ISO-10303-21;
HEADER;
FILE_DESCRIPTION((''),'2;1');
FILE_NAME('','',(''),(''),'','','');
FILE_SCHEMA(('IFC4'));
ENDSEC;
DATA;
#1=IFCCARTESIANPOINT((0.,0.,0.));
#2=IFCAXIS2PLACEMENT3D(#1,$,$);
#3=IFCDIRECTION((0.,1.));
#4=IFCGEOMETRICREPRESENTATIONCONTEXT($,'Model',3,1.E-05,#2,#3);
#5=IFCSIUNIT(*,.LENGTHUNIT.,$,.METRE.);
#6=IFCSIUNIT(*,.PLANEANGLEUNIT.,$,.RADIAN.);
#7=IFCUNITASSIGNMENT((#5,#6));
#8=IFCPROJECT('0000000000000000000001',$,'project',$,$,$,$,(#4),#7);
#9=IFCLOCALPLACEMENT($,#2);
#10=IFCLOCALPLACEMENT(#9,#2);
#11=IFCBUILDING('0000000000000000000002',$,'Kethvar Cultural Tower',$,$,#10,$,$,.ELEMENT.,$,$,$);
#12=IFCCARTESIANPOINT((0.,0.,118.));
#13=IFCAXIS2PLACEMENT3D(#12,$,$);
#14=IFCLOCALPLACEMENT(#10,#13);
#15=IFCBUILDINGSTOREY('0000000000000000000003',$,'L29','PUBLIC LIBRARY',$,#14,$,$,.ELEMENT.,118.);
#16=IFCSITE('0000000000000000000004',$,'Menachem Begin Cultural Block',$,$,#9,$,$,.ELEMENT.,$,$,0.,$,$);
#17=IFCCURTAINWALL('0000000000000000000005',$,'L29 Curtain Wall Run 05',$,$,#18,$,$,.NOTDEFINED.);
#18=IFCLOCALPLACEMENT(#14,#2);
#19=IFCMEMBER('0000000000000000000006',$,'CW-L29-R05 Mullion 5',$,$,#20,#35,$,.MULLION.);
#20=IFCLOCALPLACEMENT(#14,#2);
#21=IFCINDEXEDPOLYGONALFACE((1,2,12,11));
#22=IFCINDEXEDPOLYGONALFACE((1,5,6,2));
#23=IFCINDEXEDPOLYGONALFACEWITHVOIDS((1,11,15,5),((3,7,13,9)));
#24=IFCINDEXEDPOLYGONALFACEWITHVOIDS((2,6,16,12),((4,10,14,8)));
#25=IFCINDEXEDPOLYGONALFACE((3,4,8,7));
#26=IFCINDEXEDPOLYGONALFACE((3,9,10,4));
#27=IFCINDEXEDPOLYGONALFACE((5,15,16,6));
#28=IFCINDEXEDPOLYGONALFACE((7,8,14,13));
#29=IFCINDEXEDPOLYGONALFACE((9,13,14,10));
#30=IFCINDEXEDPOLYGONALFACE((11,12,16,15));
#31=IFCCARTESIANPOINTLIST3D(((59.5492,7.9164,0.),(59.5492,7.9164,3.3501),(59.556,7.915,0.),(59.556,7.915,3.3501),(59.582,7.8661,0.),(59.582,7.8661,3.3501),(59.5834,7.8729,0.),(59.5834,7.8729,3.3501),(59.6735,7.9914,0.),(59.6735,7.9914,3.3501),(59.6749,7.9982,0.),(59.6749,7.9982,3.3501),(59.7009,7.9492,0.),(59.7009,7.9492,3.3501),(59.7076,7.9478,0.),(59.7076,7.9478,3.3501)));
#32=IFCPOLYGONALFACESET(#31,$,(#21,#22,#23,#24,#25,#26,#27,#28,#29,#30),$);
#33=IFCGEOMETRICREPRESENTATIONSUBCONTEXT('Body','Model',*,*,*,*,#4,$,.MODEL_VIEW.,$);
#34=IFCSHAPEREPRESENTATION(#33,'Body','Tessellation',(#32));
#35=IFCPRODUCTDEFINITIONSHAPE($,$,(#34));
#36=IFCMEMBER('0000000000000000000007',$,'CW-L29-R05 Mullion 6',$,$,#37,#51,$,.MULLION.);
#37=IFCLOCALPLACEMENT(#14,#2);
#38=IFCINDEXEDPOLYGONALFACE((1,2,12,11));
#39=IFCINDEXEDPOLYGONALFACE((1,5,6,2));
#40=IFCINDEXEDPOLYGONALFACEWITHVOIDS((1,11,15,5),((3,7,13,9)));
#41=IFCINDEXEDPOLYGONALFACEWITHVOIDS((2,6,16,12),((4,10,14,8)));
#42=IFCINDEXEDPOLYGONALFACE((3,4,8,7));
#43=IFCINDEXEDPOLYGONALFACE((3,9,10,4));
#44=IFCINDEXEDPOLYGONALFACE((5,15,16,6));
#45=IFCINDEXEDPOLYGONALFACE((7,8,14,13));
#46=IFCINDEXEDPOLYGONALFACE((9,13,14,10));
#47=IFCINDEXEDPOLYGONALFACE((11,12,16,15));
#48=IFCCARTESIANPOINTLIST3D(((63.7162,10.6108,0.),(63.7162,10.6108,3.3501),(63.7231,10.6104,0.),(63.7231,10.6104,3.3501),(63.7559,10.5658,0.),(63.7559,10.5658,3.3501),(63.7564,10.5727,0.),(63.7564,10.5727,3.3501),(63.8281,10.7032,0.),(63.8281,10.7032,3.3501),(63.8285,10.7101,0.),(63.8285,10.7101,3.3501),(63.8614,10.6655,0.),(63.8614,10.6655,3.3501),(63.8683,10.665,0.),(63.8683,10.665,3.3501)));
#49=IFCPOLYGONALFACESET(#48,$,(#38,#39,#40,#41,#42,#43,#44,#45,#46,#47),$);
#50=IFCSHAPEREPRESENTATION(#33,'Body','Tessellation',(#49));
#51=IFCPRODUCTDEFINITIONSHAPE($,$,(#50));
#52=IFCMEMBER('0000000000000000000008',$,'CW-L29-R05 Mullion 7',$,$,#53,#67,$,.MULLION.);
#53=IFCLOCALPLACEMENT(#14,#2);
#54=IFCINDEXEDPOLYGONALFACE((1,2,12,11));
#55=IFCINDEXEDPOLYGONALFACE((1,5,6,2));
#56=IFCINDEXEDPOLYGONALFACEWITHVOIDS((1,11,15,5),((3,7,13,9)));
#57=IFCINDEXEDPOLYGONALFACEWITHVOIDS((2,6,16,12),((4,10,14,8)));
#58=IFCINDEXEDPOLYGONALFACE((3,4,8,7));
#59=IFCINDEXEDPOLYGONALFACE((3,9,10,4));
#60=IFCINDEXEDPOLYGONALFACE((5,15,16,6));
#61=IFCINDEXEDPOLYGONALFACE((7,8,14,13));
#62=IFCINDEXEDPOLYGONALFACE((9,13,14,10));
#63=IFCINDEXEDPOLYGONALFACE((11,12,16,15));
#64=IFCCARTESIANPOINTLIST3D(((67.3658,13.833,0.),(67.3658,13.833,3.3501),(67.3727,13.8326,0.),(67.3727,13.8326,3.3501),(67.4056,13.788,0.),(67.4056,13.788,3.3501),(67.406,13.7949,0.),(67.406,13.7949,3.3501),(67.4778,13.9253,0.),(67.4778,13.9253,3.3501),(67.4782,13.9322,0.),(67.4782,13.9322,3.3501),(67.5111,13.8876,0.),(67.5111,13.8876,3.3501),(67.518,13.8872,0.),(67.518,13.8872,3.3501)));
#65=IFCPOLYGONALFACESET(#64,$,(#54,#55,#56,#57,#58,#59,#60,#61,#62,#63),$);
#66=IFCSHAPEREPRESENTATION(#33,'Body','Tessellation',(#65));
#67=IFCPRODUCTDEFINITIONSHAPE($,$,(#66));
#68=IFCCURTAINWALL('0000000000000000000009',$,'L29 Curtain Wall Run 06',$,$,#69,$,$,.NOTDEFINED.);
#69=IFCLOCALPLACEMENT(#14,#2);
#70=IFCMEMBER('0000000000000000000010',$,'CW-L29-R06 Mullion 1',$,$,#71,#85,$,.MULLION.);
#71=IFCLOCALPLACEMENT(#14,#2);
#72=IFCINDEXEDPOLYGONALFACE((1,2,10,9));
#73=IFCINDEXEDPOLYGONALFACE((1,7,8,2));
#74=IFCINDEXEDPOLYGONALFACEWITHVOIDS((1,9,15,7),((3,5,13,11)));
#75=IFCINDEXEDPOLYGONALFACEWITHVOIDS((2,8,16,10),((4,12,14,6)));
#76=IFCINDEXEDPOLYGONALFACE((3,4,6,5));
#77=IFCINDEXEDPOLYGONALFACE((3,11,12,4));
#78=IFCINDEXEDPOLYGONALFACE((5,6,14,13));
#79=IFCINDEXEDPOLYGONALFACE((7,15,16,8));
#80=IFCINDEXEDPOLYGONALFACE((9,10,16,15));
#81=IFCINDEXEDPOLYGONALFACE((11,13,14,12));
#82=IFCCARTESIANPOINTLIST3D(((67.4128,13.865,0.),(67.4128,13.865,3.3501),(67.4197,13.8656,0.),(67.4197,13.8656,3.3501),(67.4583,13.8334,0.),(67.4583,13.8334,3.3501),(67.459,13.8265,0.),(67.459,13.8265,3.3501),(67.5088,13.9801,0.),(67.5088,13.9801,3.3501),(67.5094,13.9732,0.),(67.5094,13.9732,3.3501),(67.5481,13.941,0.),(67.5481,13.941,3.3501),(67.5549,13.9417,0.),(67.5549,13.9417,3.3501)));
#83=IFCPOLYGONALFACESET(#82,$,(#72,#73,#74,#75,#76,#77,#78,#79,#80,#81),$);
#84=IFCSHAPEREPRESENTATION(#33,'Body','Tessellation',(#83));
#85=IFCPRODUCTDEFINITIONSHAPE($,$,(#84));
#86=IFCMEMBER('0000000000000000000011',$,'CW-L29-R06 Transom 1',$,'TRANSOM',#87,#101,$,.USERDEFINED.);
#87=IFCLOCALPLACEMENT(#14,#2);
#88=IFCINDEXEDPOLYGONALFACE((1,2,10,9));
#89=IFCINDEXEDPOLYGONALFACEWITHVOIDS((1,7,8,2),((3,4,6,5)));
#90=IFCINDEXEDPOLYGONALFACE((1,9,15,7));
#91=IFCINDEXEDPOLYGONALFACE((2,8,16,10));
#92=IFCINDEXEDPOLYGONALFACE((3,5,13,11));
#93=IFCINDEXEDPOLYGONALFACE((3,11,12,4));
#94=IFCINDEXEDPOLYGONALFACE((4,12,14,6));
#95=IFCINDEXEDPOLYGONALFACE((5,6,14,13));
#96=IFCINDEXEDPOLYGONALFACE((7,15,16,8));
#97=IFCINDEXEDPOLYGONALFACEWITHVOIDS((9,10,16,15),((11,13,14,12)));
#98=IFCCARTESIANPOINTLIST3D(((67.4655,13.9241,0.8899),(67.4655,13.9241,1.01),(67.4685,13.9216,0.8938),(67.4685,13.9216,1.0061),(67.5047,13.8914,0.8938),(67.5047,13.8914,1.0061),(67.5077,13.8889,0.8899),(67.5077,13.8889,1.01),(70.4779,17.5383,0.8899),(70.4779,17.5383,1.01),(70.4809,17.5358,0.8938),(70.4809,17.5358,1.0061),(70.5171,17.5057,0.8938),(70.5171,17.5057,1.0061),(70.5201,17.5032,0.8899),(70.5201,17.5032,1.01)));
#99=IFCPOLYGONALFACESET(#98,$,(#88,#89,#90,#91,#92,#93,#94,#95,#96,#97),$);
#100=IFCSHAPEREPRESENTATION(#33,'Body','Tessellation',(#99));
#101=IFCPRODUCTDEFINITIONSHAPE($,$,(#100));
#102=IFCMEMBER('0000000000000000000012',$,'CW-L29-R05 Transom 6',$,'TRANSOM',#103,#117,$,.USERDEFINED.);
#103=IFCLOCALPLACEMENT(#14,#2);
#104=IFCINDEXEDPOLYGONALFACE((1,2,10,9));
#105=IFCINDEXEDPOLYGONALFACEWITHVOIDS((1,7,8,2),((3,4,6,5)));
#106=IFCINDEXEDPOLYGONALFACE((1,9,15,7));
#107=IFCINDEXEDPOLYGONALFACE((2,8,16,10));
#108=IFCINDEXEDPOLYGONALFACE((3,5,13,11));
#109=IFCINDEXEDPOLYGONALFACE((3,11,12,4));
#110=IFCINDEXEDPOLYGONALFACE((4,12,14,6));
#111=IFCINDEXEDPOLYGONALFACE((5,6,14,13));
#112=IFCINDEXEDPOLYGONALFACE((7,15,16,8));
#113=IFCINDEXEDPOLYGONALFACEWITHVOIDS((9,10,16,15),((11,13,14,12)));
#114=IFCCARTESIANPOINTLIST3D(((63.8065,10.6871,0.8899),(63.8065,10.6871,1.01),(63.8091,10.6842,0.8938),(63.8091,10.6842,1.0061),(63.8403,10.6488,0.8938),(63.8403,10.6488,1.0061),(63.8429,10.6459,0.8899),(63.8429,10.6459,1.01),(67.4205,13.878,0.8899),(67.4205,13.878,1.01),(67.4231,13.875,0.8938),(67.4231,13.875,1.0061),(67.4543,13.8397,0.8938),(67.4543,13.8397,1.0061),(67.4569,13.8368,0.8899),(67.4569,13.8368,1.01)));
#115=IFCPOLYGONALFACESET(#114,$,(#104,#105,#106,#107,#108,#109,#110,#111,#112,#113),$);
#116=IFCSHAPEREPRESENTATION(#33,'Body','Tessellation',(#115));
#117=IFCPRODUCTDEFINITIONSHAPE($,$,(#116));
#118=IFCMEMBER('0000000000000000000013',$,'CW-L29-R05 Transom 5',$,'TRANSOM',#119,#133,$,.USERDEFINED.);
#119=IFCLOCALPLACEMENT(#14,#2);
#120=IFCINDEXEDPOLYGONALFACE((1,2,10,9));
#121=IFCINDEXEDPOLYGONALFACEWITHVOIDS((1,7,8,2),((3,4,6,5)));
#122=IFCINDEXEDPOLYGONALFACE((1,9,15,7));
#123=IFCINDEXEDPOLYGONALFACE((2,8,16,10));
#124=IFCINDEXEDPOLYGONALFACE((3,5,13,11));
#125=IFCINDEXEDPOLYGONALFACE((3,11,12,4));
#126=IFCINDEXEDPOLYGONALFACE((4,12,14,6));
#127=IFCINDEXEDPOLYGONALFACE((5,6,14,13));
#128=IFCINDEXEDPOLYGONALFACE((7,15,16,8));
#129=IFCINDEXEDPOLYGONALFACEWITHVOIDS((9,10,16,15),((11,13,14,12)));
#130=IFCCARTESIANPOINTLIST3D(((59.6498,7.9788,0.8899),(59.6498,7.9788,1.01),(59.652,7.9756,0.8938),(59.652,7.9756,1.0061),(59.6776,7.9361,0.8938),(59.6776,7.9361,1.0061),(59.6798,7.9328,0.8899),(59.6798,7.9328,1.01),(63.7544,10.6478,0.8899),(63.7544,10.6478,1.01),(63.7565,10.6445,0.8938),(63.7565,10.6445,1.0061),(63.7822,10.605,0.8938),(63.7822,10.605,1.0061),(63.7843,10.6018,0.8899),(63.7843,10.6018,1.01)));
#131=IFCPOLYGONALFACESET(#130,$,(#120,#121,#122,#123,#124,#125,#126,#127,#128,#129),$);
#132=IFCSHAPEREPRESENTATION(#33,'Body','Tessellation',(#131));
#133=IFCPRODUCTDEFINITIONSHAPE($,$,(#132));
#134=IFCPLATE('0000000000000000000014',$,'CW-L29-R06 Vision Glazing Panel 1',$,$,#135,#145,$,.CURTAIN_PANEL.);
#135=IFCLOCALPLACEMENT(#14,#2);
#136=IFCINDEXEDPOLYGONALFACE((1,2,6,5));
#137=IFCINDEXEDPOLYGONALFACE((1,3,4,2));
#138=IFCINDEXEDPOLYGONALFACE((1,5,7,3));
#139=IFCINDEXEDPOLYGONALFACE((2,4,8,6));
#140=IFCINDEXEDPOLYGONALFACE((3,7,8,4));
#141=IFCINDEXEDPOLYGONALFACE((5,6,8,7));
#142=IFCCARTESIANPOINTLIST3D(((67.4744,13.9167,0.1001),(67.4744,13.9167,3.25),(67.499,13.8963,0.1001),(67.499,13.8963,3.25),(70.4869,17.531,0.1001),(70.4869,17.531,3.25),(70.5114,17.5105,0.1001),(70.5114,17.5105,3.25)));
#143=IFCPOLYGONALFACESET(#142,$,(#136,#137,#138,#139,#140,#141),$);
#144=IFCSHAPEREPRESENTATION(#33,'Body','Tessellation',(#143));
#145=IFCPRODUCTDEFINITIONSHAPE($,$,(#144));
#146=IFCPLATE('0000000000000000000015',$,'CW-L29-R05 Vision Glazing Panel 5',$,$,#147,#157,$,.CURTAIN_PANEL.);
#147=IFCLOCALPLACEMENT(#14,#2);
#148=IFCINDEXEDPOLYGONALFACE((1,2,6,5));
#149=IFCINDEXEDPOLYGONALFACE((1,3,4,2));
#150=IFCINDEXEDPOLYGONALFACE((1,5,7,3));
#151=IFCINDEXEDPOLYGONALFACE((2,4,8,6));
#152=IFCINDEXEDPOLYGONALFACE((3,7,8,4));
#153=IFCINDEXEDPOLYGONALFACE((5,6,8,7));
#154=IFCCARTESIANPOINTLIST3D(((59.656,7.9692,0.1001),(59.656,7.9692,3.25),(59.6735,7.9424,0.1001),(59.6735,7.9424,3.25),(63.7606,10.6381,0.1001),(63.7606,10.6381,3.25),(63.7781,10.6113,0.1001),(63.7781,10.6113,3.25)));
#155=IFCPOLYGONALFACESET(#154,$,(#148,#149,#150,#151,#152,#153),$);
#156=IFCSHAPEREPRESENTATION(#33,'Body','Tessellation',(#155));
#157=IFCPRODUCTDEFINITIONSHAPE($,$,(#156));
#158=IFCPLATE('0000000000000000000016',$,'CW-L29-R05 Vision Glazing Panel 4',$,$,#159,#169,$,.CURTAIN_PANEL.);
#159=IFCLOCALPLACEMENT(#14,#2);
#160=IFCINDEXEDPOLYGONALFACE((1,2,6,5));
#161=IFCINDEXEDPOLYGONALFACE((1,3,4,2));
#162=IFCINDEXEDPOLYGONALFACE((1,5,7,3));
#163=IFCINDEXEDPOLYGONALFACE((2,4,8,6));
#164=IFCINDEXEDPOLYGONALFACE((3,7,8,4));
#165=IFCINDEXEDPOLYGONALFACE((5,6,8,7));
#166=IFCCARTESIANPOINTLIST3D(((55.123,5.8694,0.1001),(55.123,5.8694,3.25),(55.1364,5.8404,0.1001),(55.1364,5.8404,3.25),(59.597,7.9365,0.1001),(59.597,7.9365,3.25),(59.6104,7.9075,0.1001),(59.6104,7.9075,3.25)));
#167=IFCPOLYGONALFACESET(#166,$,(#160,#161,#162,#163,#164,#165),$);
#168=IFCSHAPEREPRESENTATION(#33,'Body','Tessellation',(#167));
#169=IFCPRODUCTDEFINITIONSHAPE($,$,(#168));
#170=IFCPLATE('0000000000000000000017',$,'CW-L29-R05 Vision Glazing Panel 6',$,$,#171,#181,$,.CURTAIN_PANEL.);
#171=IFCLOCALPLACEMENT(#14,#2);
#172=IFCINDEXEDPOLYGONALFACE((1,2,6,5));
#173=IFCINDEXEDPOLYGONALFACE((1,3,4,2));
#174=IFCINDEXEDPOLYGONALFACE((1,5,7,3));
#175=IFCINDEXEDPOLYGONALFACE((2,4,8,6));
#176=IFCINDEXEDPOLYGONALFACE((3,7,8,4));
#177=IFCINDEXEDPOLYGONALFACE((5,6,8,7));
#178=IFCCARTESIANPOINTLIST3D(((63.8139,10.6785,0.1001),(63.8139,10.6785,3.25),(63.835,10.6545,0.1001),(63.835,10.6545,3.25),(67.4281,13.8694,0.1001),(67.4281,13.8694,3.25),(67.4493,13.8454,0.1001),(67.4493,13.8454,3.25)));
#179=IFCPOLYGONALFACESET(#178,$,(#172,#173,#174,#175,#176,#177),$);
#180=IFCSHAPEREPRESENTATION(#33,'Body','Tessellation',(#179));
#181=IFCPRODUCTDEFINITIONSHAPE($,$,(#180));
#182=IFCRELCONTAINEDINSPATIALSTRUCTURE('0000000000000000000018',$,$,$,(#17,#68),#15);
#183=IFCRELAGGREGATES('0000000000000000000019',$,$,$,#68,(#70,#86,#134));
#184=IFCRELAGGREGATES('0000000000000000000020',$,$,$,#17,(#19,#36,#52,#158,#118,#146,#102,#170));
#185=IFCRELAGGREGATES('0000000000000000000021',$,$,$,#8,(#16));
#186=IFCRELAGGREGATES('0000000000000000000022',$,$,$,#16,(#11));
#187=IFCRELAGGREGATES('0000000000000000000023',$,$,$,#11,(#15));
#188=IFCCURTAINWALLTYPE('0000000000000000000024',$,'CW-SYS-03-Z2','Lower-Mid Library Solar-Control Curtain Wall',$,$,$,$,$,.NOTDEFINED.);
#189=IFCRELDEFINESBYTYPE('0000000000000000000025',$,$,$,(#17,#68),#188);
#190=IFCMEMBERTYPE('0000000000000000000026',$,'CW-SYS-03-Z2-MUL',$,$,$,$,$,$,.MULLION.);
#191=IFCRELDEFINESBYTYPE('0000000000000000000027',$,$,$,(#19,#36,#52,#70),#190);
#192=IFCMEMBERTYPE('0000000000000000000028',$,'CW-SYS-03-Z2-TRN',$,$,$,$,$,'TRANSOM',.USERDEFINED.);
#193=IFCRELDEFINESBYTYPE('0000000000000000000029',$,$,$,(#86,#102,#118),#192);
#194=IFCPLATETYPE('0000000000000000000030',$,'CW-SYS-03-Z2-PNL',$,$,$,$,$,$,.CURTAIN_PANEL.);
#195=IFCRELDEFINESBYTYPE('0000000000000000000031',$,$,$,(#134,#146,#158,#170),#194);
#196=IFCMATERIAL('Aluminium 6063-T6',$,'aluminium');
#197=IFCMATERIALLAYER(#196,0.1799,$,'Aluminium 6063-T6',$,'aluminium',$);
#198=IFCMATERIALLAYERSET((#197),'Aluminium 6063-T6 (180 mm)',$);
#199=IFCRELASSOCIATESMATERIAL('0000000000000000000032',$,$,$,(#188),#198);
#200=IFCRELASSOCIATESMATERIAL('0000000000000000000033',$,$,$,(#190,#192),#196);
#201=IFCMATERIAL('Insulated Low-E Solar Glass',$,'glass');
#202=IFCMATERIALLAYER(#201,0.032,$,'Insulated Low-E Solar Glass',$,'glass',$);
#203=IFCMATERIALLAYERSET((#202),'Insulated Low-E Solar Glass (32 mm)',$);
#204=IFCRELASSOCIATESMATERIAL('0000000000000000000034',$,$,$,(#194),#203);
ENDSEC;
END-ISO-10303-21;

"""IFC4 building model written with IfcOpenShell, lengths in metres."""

from ifc_helpers import new_model, si_unit, direction, frame, origin, origin_2d, place, context, subcontext, project, spatial, rectangle, hollow_rectangle, extrude, source, transform, mapped, material, layer, layer_set, material_profile, profile_set, type_object, element, aggregate, save


model = new_model("IFC4")

# Units and contexts
model_context = context("Model", 3, precision=1e-05, world=origin(), true_north=direction((0.0, 1.0)))
body_context = subcontext(model_context, "Body", "Model", "MODEL_VIEW")
ifc_project = project(units=[si_unit("LENGTHUNIT", "METRE"), si_unit("PLANEANGLEUNIT", "RADIAN")], contexts=[model_context])

# Site, building, storey
site_placement = place(None, origin())
site = spatial("IfcSite", under=ifc_project, at=site_placement, Name="Menachem Begin Cultural Block", CompositionType="ELEMENT", RefElevation=0.0)
building_placement = place(site_placement, origin())
building = spatial("IfcBuilding", under=site, at=building_placement, Name="Kethvar Cultural Tower", CompositionType="ELEMENT")
storey_placement = place(building_placement, frame((0.0, 0.0, 118.0)))
storey = spatial("IfcBuildingStorey", under=building, at=storey_placement, Name="L29", Description="PUBLIC LIBRARY", CompositionType="ELEMENT", Elevation=118.0)

# Curtain walls, members
ifc_material_1 = material(Name="Aluminium 6063-T6", Category="aluminium")
ifc_layer_1 = layer(ifc_material_1, 0.1799, Name="Aluminium 6063-T6", Category="aluminium")
ifc_layer_set_1 = layer_set([ifc_layer_1], Name="Aluminium 6063-T6 (180 mm)")
curtain_wall_type = type_object("IfcCurtainWallType", Name="CW-SYS-03-Z2", Description="Lower-Mid Library Solar-Control Curtain Wall", PredefinedType="NOTDEFINED", material=ifc_layer_set_1)
curtain_wall_1_placement = place(storey_placement, origin())
curtain_wall_1 = element("IfcCurtainWall", 1, at=curtain_wall_1_placement, inside=storey, type_object=curtain_wall_type, Name="L29 Curtain Wall Run 05", PredefinedType="NOTDEFINED")
ifc_material_profile_1 = material_profile(ifc_material_1, hollow_rectangle(XDim=0.0601, YDim=0.1499, WallThickness=0.0049, at=origin_2d()), Name="Aluminium 6063-T6 — RHS150x60x5")
ifc_profile_set_1 = profile_set([ifc_material_profile_1], Name="Aluminium 6063-T6 — RHS150x60x5")
member_type_1 = type_object("IfcMemberType", Name="CW-SYS-03-Z2-MUL", PredefinedType="MULLION", material=ifc_profile_set_1)
shared_shape_1 = source(origin(), body_context, "Body", "SweptSolid", [
    extrude(hollow_rectangle(XDim=0.0601, YDim=0.1499, WallThickness=0.0049, at=origin_2d()), origin(), (0.0, 0.0, 1.0), 3.3501),
])
member_1_placement = place(storey_placement, frame((59.6284, 7.9321, 0.0), z_axis=(0.0, 0.0, 1.0), x_axis=(-0.545122, 0.838357, 0.0)))
member_1 = element("IfcMember", 2, at=member_1_placement, type_object=member_type_1, Name="CW-L29-R05 Mullion 5", PredefinedType="MULLION", context=body_context, shape_type="MappedRepresentation", body=[
    mapped(shared_shape_1, transform((0.0, 0.0, 0.0), scale=1.0)),
])
member_2_placement = place(storey_placement, frame((63.7922, 10.6379, 0.0), z_axis=(0.0, 0.0, 1.0), x_axis=(-0.661835, 0.749649, 0.0)))
member_2 = element("IfcMember", 3, at=member_2_placement, type_object=member_type_1, Name="CW-L29-R05 Mullion 6", PredefinedType="MULLION", context=body_context, shape_type="MappedRepresentation", body=[
    mapped(shared_shape_1, transform((0.0, 0.0, 0.0), scale=1.0)),
])
member_3_placement = place(storey_placement, frame((67.4419, 13.8601, 0.0), z_axis=(0.0, 0.0, 1.0), x_axis=(-0.661835, 0.749649, 0.0)))
member_3 = element("IfcMember", 4, at=member_3_placement, type_object=member_type_1, Name="CW-L29-R05 Mullion 7", PredefinedType="MULLION", context=body_context, shape_type="MappedRepresentation", body=[
    mapped(shared_shape_1, transform((0.0, 0.0, 0.0), scale=1.0)),
])
curtain_wall_2_placement = place(storey_placement, origin())
curtain_wall_2 = element("IfcCurtainWall", 5, at=curtain_wall_2_placement, inside=storey, type_object=curtain_wall_type, Name="L29 Curtain Wall Run 06", PredefinedType="NOTDEFINED")
member_4_placement = place(storey_placement, frame((67.4839, 13.9033, 0.0), z_axis=(0.0, 0.0, 1.0), x_axis=(-0.768161, 0.640257, 0.0)))
member_4 = element("IfcMember", 6, at=member_4_placement, type_object=member_type_1, Name="CW-L29-R06 Mullion 1", PredefinedType="MULLION", context=body_context, shape_type="MappedRepresentation", body=[
    mapped(shared_shape_1, transform((0.0, 0.0, 0.0), scale=1.0)),
])
ifc_material_profile_2 = material_profile(ifc_material_1, hollow_rectangle(XDim=0.0549, YDim=0.1201, WallThickness=0.0039, at=origin_2d()), Name="Aluminium 6063-T6 — RHS120x55x4")
ifc_profile_set_2 = profile_set([ifc_material_profile_2], Name="Aluminium 6063-T6 — RHS120x55x4")
member_type_2 = type_object("IfcMemberType", Name="CW-SYS-03-Z2-TRN", ElementType="TRANSOM", PredefinedType="USERDEFINED", material=ifc_profile_set_2)
shared_shape_2 = source(origin(), body_context, "Body", "SweptSolid", [
    extrude(hollow_rectangle(XDim=0.0549, YDim=0.1201, WallThickness=0.0039, at=origin_2d()), origin(), (0.0, 0.0, 1.0), 4.7051),
])
member_5_placement = place(storey_placement, frame((67.4866, 13.9065, 0.95), z_axis=(0.640256, 0.768162, 0.0), x_axis=(-0.768162, 0.640256, 0.0)))
member_5 = element("IfcMember", 7, at=member_5_placement, type_object=member_type_2, Name="CW-L29-R06 Transom 1", ObjectType="TRANSOM", PredefinedType="USERDEFINED", context=body_context, shape_type="MappedRepresentation", body=[
    mapped(shared_shape_2, transform((0.0, 0.0, 0.0), scale=1.0)),
])

# Members
shared_shape_3 = source(origin(), body_context, "Body", "SweptSolid", [
    extrude(hollow_rectangle(XDim=0.0549, YDim=0.1201, WallThickness=0.0039, at=origin_2d()), origin(), (0.0, 0.0, 1.0), 4.821),
])
member_6_placement = place(storey_placement, frame((63.8247, 10.6665, 0.95), z_axis=(0.749624, 0.661864, 0.0), x_axis=(-0.661864, 0.749624, 0.0)))
member_6 = element("IfcMember", 8, at=member_6_placement, type_object=member_type_2, Name="CW-L29-R05 Transom 6", ObjectType="TRANSOM", PredefinedType="USERDEFINED", context=body_context, shape_type="MappedRepresentation", body=[
    mapped(shared_shape_3, transform((0.0, 0.0, 0.0), scale=1.0)),
])
shared_shape_4 = source(origin(), body_context, "Body", "SweptSolid", [
    extrude(hollow_rectangle(XDim=0.0549, YDim=0.1201, WallThickness=0.0039, at=origin_2d()), origin(), (0.0, 0.0, 1.0), 4.896),
])
member_7_placement = place(storey_placement, frame((59.6648, 7.9558, 0.95), z_axis=(0.838348, 0.545136, 0.0), x_axis=(-0.545136, 0.838348, 0.0)))
member_7 = element("IfcMember", 9, at=member_7_placement, type_object=member_type_2, Name="CW-L29-R05 Transom 5", ObjectType="TRANSOM", PredefinedType="USERDEFINED", context=body_context, shape_type="MappedRepresentation", body=[
    mapped(shared_shape_4, transform((0.0, 0.0, 0.0), scale=1.0)),
])

# Plates
ifc_material_2 = material(Name="Insulated Low-E Solar Glass", Category="glass")
ifc_layer_2 = layer(ifc_material_2, 0.032, Name="Insulated Low-E Solar Glass", Category="glass")
ifc_layer_set_2 = layer_set([ifc_layer_2], Name="Insulated Low-E Solar Glass (32 mm)")
plate_type = type_object("IfcPlateType", Name="CW-SYS-03-Z2-PNL", PredefinedType="CURTAIN_PANEL", material=ifc_layer_set_2)
shared_shape_5 = source(origin(), body_context, "Body", "SweptSolid", [
    extrude(rectangle(XDim=4.7051, YDim=0.032, at=origin_2d()), origin(), (0.0, 0.0, 1.0), 3.1499),
])
plate_1_placement = place(storey_placement, frame((68.9929, 15.7136, 0.1001), z_axis=(0.0, 0.0, 1.0), x_axis=(0.640257, 0.768161, 0.0)))
plate_1 = element("IfcPlate", 10, at=plate_1_placement, type_object=plate_type, Name="CW-L29-R06 Vision Glazing Panel 1", PredefinedType="CURTAIN_PANEL", context=body_context, shape_type="MappedRepresentation", body=[
    mapped(shared_shape_5, transform((0.0, 0.0, 0.0), scale=1.0)),
])
aggregate(curtain_wall_2, [member_4, member_5, plate_1])
shared_shape_6 = source(origin(), body_context, "Body", "SweptSolid", [
    extrude(rectangle(XDim=4.896, YDim=0.032, at=origin_2d()), origin(), (0.0, 0.0, 1.0), 3.1499),
])
plate_2_placement = place(storey_placement, frame((61.717, 9.2903, 0.1001), z_axis=(0.0, 0.0, 1.0), x_axis=(0.838357, 0.545122, 0.0)))
plate_2 = element("IfcPlate", 11, at=plate_2_placement, type_object=plate_type, Name="CW-L29-R05 Vision Glazing Panel 5", PredefinedType="CURTAIN_PANEL", context=body_context, shape_type="MappedRepresentation", body=[
    mapped(shared_shape_6, transform((0.0, 0.0, 0.0), scale=1.0)),
])
shared_shape_7 = source(origin(), body_context, "Body", "SweptSolid", [
    extrude(rectangle(XDim=4.9285, YDim=0.032, at=origin_2d()), origin(), (0.0, 0.0, 1.0), 3.1499),
])
plate_3_placement = place(storey_placement, frame((57.3667, 6.8884, 0.1001), z_axis=(0.0, 0.0, 1.0), x_axis=(0.907792, 0.41942, 0.0)))
plate_3 = element("IfcPlate", 12, at=plate_3_placement, type_object=plate_type, Name="CW-L29-R05 Vision Glazing Panel 4", PredefinedType="CURTAIN_PANEL", context=body_context, shape_type="MappedRepresentation", body=[
    mapped(shared_shape_7, transform((0.0, 0.0, 0.0), scale=1.0)),
])
shared_shape_8 = source(origin(), body_context, "Body", "SweptSolid", [
    extrude(rectangle(XDim=4.8213, YDim=0.032, at=origin_2d()), origin(), (0.0, 0.0, 1.0), 3.1499),
])
plate_4_placement = place(storey_placement, frame((65.6316, 12.262, 0.1001), z_axis=(0.0, 0.0, 1.0), x_axis=(0.749649, 0.661835, 0.0)))
plate_4 = element("IfcPlate", 13, at=plate_4_placement, type_object=plate_type, Name="CW-L29-R05 Vision Glazing Panel 6", PredefinedType="CURTAIN_PANEL", context=body_context, shape_type="MappedRepresentation", body=[
    mapped(shared_shape_8, transform((0.0, 0.0, 0.0), scale=1.0)),
])
aggregate(curtain_wall_1, [member_1, member_2, member_3, plate_3, member_7, plate_2, member_6, plate_4])

save(model, "model.ifc")
